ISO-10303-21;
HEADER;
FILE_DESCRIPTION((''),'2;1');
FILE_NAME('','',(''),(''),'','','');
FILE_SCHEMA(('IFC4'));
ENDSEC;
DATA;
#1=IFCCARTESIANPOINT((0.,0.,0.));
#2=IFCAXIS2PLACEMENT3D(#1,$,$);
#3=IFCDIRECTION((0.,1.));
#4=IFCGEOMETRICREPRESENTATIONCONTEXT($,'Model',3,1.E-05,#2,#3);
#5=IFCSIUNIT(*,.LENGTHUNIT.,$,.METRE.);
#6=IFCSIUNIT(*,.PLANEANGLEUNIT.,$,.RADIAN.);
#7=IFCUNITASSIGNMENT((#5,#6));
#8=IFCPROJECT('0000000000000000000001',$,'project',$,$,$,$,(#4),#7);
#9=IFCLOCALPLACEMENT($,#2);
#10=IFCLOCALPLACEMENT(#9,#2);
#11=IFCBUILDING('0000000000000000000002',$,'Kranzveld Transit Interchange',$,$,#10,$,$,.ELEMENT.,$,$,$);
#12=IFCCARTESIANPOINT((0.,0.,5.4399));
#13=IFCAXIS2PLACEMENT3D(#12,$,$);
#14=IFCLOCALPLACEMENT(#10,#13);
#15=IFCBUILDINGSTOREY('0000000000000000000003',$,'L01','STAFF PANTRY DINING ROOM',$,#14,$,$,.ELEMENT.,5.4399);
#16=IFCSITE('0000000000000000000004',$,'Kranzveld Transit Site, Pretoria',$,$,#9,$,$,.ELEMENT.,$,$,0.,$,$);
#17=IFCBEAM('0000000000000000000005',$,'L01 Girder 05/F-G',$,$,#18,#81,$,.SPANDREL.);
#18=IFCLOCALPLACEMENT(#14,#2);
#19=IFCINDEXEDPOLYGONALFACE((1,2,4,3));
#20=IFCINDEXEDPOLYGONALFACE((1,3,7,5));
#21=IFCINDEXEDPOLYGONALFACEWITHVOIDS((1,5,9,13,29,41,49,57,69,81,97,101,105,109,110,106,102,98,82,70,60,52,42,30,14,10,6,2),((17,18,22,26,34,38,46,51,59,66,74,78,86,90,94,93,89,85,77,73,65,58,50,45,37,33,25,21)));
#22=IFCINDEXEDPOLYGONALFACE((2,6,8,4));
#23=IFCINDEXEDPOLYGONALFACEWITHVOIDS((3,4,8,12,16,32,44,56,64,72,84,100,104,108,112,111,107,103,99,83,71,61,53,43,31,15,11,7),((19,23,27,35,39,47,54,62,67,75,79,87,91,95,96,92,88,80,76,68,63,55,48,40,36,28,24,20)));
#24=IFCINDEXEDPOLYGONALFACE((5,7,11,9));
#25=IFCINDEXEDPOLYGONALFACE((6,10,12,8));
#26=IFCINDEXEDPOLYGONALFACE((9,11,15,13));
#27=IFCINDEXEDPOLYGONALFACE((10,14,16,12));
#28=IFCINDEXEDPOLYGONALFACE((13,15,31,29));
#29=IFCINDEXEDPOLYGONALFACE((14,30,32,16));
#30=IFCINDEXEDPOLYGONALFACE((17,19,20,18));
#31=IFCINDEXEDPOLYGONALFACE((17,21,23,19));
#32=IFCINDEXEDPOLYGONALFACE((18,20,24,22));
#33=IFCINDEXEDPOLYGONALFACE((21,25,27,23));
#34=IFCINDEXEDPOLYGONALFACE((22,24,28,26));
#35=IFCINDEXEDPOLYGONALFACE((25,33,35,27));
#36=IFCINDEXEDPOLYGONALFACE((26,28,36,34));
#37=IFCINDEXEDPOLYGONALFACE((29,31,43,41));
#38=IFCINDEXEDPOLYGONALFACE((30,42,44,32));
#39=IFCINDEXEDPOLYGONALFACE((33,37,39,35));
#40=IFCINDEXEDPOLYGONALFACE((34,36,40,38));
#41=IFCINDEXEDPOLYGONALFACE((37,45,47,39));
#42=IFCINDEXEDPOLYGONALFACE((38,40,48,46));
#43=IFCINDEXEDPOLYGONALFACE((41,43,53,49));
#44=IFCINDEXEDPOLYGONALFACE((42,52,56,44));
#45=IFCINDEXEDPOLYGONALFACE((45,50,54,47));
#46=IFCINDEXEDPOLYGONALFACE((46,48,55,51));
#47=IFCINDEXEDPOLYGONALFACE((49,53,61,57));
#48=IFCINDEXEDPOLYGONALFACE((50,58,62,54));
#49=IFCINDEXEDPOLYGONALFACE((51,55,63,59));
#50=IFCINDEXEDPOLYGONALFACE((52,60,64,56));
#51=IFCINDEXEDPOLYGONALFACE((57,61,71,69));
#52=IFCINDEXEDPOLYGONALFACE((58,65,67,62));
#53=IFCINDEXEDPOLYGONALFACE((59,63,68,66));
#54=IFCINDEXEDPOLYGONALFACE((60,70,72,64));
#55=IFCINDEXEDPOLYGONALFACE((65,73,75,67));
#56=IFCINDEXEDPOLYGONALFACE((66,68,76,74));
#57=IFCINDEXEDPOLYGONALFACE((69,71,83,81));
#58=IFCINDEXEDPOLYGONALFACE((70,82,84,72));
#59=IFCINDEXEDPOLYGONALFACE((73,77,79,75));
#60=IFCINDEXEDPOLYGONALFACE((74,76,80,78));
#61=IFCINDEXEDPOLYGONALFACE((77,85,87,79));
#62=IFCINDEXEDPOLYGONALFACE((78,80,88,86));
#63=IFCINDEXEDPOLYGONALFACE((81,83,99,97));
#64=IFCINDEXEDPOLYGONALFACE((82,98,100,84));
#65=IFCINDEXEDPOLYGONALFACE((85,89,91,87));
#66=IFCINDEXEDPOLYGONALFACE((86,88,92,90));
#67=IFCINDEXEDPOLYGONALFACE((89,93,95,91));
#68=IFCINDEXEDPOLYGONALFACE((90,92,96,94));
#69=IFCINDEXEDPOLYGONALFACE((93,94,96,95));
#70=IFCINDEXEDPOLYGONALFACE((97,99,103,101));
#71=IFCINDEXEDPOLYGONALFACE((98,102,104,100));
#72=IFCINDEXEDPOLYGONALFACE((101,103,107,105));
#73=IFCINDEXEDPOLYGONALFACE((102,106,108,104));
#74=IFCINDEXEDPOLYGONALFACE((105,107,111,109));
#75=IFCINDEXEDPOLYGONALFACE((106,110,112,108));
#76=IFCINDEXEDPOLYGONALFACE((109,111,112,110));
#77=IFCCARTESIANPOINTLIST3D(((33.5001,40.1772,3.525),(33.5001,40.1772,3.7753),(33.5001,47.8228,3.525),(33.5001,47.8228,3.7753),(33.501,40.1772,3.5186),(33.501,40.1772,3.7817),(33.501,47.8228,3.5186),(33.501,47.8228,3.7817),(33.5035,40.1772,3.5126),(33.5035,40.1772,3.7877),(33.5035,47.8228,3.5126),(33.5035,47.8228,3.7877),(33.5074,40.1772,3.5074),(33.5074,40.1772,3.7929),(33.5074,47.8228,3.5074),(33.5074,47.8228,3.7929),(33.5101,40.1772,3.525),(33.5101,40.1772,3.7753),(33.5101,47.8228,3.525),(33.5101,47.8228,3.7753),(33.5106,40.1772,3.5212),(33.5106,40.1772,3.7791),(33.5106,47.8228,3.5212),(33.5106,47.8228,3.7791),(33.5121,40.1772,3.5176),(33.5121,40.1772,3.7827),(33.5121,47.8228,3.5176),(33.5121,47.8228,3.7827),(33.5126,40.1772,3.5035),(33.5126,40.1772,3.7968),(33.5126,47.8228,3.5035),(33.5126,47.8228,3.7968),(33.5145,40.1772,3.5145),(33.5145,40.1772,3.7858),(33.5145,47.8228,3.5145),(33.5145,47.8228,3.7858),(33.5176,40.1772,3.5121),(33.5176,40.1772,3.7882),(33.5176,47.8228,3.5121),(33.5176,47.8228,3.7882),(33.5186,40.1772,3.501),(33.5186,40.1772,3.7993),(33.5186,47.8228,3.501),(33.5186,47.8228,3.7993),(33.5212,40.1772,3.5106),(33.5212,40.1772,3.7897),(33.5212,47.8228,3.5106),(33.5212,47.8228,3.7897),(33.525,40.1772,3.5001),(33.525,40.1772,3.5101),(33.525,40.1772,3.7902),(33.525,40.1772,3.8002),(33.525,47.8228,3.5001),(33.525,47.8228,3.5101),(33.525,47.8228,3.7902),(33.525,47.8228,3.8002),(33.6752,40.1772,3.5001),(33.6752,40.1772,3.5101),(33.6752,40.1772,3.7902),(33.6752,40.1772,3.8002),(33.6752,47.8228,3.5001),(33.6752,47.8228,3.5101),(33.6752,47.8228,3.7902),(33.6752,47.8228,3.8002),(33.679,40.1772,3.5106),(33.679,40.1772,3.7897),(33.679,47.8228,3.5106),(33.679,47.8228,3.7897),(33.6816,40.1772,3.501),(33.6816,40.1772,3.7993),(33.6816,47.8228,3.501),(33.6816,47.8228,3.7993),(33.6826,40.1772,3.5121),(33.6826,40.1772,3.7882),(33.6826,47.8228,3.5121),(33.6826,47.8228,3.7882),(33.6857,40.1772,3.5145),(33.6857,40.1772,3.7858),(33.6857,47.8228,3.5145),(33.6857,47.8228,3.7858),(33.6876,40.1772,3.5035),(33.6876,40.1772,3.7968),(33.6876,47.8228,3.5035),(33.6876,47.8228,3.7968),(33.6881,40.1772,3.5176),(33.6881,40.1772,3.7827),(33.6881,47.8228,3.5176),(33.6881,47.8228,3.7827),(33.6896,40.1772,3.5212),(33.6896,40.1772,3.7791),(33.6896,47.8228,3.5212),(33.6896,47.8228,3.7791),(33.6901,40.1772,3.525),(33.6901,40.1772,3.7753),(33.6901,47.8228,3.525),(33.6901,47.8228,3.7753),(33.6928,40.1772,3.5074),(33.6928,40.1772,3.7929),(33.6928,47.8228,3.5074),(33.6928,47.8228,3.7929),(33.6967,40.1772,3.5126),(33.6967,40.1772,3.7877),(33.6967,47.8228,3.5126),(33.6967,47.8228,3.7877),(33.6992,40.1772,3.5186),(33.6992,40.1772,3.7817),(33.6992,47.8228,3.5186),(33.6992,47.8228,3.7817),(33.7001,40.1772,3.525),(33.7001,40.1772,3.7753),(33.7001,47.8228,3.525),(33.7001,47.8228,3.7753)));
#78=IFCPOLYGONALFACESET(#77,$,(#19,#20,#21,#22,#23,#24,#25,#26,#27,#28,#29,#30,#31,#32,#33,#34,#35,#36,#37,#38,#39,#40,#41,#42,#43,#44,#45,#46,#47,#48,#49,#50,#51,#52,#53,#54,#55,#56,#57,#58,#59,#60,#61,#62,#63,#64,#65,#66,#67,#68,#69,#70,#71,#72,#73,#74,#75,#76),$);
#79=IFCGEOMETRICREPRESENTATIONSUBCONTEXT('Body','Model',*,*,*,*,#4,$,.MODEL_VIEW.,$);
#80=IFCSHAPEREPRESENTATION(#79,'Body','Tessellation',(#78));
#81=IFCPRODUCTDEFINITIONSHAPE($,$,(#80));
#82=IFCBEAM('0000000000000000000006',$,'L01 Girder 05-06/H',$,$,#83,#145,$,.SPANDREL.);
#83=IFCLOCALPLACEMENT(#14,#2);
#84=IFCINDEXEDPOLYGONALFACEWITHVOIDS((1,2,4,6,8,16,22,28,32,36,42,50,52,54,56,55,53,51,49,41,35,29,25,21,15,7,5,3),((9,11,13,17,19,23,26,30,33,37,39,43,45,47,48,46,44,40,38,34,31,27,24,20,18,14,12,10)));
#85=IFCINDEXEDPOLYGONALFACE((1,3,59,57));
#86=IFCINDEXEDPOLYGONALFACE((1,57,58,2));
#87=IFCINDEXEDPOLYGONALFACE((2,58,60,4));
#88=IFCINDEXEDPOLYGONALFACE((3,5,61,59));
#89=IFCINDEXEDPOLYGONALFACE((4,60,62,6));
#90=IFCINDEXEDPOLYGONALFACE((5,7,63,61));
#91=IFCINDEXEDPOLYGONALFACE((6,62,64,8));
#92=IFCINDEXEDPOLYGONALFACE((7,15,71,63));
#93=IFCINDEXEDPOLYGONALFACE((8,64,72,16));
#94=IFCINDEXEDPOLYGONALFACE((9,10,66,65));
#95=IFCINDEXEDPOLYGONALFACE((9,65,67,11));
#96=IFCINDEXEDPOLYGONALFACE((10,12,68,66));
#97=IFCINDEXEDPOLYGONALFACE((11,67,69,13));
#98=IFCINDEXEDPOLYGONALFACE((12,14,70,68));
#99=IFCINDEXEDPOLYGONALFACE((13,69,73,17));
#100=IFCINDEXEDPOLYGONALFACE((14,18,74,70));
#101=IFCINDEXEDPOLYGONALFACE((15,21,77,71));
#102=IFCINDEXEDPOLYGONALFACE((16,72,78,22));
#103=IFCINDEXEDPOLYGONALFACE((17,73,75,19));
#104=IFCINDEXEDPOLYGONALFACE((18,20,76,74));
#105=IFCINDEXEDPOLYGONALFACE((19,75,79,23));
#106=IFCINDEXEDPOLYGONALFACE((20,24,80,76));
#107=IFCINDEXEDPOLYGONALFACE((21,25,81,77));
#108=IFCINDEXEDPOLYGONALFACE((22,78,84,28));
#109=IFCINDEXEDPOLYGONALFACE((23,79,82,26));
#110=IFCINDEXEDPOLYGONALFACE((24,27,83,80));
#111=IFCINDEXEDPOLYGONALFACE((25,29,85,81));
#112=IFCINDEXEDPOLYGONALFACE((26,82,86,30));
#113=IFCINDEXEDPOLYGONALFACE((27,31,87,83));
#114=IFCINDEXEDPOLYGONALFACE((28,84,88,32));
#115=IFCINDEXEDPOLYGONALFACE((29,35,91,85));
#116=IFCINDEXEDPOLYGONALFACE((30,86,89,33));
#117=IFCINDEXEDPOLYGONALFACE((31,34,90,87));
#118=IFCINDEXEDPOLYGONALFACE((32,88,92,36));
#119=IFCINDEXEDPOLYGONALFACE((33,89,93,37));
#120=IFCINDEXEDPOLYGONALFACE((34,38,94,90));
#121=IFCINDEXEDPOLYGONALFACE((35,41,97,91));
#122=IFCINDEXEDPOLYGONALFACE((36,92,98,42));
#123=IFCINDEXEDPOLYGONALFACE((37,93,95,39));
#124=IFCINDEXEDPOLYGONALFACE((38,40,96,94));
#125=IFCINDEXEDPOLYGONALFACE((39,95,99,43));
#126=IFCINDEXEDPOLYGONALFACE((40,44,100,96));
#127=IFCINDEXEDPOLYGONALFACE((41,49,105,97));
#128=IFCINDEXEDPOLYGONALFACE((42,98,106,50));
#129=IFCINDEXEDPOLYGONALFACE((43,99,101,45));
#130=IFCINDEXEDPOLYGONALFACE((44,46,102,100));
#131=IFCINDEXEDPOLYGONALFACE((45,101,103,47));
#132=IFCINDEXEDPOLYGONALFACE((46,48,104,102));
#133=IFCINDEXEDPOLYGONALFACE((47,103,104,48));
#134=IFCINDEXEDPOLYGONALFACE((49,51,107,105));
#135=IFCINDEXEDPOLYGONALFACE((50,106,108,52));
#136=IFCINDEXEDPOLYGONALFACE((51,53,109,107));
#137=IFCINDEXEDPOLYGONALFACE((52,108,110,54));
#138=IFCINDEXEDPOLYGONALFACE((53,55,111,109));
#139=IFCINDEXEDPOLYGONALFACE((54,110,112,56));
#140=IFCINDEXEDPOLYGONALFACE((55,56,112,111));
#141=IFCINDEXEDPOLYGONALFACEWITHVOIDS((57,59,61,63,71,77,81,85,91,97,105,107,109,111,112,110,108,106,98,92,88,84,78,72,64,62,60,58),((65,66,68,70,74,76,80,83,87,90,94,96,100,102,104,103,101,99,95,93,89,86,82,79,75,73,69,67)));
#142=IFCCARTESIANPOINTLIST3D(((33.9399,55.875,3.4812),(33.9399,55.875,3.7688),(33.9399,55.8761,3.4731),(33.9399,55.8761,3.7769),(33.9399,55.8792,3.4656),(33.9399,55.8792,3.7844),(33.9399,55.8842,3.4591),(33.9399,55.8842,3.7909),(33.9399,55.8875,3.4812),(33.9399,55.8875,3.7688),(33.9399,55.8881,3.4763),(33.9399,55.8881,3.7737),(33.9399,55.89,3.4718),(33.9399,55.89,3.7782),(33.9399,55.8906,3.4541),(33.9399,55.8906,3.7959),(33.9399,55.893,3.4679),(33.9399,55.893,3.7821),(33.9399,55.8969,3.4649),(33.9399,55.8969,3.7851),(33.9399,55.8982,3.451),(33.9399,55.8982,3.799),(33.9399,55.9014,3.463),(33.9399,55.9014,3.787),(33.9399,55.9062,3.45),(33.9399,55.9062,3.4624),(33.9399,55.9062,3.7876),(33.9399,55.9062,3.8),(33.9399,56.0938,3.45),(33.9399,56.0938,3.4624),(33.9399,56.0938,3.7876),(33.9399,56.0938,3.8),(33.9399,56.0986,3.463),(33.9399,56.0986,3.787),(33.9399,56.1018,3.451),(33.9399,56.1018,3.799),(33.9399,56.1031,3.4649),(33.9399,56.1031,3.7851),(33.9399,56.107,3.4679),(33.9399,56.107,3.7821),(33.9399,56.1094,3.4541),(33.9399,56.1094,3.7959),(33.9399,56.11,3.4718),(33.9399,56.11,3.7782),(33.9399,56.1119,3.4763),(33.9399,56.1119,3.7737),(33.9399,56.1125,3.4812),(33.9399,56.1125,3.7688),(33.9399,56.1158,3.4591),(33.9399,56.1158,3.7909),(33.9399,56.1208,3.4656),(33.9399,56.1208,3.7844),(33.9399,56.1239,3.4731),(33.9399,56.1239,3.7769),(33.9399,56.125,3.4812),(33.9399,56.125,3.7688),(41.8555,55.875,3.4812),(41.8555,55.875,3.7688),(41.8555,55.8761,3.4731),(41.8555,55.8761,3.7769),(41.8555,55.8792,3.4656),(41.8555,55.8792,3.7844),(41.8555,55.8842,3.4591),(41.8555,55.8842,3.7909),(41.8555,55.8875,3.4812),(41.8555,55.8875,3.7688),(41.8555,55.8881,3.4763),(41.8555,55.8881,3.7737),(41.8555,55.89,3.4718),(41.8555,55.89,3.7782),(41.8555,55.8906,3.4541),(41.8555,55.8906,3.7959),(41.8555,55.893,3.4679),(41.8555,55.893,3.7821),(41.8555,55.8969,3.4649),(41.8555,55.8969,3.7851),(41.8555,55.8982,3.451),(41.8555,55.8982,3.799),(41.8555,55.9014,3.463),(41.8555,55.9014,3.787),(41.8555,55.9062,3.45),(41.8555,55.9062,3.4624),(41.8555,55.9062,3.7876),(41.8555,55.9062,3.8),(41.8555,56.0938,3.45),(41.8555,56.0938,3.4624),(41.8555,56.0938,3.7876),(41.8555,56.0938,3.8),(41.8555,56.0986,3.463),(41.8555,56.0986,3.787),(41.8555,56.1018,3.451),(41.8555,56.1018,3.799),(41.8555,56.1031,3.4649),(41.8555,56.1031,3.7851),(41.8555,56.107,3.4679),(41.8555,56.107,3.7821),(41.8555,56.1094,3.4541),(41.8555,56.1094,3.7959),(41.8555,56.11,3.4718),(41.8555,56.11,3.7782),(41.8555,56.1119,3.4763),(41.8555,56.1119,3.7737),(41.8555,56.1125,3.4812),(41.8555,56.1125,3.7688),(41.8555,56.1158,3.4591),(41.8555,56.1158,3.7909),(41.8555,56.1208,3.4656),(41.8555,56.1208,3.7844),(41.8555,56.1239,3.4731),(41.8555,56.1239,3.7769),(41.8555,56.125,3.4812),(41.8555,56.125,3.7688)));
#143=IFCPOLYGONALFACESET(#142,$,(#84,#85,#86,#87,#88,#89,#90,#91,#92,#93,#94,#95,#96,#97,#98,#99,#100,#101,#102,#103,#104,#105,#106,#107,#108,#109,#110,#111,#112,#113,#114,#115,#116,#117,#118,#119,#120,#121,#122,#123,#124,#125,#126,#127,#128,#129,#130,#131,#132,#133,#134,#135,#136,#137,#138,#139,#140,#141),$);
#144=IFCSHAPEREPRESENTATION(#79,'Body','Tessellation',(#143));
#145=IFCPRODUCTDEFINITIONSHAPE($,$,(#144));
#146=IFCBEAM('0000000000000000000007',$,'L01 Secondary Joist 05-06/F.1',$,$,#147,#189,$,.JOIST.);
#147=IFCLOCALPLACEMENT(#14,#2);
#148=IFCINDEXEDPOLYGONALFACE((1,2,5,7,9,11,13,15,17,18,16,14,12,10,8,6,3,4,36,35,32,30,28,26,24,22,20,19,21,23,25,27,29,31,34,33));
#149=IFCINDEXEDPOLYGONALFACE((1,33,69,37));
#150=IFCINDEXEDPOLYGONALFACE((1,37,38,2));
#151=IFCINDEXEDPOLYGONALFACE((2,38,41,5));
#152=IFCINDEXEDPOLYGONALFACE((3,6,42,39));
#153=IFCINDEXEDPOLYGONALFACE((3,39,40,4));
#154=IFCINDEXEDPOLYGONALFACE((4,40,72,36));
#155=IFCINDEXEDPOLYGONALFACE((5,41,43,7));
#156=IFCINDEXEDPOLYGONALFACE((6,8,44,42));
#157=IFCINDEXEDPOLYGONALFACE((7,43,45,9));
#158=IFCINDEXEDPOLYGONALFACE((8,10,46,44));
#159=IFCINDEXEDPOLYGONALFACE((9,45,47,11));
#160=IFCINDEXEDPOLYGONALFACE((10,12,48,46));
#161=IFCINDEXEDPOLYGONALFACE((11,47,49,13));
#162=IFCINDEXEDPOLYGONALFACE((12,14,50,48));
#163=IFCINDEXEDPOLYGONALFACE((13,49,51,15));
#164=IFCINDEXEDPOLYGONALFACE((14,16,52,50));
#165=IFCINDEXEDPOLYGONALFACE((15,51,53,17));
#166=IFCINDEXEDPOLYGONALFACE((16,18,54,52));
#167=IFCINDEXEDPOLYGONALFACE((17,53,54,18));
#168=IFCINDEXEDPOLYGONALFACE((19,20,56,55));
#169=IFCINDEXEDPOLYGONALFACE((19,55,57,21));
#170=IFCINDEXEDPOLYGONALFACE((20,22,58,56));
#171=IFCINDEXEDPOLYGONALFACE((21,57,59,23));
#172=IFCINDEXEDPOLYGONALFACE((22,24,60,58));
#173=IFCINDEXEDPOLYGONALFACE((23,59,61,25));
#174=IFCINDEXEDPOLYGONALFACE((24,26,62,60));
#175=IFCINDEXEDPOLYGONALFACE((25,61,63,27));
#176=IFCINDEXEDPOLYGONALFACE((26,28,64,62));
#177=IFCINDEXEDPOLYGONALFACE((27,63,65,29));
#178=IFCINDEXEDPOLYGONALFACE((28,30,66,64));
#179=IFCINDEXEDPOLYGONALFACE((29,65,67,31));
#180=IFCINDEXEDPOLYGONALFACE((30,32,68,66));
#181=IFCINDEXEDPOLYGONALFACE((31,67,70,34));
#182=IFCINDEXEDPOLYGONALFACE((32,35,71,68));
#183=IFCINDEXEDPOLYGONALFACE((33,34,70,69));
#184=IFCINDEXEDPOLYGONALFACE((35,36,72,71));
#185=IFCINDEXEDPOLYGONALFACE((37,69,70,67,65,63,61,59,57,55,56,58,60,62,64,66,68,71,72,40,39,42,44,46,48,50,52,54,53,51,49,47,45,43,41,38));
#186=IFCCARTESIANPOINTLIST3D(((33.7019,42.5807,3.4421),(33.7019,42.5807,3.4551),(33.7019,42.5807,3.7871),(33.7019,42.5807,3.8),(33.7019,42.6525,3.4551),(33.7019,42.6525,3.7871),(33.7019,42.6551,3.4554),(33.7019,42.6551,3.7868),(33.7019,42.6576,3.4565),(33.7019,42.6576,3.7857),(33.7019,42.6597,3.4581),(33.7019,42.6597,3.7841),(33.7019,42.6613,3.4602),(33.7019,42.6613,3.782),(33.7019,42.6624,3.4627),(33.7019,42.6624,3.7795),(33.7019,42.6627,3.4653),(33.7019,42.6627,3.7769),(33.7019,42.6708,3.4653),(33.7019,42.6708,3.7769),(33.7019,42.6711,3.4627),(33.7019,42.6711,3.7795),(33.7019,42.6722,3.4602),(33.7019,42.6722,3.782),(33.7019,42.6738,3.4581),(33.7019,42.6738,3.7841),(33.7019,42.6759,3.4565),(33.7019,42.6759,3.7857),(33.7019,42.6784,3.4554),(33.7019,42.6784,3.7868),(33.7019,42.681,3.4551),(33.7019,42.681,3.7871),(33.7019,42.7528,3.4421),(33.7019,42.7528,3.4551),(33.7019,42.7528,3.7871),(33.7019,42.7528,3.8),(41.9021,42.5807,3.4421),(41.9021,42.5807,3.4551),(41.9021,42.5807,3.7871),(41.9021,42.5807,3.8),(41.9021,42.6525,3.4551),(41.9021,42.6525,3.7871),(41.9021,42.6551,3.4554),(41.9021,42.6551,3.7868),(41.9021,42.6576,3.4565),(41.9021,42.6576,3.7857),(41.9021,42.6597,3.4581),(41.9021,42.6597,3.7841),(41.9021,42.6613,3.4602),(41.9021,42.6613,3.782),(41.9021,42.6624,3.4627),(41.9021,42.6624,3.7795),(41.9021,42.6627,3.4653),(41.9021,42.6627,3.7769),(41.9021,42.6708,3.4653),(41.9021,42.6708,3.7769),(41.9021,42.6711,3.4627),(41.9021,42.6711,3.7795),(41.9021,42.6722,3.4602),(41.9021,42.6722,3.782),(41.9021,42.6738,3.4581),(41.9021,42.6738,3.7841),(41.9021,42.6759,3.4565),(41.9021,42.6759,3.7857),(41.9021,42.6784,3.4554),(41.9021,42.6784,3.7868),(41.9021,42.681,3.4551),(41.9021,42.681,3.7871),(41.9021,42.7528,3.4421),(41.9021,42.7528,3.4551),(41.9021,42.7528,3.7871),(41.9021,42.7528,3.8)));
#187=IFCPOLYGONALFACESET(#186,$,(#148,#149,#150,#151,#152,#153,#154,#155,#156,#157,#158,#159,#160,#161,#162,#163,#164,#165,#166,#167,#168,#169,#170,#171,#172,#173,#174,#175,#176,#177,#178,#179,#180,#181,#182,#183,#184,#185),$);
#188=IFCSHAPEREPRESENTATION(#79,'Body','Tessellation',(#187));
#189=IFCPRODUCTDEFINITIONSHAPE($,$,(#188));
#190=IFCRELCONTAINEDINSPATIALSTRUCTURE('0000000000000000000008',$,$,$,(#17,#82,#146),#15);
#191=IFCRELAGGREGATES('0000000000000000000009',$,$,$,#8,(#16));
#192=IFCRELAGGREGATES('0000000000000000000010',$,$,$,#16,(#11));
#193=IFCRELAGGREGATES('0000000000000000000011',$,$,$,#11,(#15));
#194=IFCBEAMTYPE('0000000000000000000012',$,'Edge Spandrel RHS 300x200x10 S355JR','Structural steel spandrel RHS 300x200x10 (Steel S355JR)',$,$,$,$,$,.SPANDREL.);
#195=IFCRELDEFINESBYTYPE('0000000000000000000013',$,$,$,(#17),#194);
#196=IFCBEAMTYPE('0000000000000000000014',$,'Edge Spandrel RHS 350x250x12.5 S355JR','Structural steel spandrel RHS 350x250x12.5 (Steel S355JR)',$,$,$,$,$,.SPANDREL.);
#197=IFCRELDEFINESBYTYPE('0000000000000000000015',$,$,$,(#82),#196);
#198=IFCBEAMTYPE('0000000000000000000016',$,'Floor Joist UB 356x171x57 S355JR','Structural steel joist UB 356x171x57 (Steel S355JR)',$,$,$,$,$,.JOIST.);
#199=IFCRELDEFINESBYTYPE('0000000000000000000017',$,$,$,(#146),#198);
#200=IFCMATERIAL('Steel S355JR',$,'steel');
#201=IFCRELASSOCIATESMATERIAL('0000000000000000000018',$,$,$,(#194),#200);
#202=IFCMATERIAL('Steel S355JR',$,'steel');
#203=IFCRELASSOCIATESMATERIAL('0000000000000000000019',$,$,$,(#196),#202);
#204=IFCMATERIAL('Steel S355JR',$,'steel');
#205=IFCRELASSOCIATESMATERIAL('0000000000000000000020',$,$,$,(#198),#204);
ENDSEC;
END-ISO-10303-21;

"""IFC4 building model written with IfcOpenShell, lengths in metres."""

from ifc_helpers import new_model, si_unit, direction, frame, origin, origin_2d, place, context, subcontext, project, spatial, hollow_rectangle, i_section, extrude, material, material_profile, profile_set, type_object, element, save


model = new_model("IFC4")

# Units and contexts
model_context = context("Model", 3, precision=1e-05, world=origin(), true_north=direction((0.0, 1.0)))
body_context = subcontext(model_context, "Body", "Model", "MODEL_VIEW")
ifc_project = project(units=[si_unit("LENGTHUNIT", "METRE"), si_unit("PLANEANGLEUNIT", "RADIAN")], contexts=[model_context])

# Site, building, storey
site_placement = place(None, origin())
site = spatial("IfcSite", under=ifc_project, at=site_placement, Name="Kranzveld Transit Site, Pretoria", CompositionType="ELEMENT", RefElevation=0.0)
building_placement = place(site_placement, origin())
building = spatial("IfcBuilding", under=site, at=building_placement, Name="Kranzveld Transit Interchange", CompositionType="ELEMENT")
storey_placement = place(building_placement, frame((0.0, 0.0, 5.4399)))
storey = spatial("IfcBuildingStorey", under=building, at=storey_placement, Name="L01", Description="STAFF PANTRY DINING ROOM", CompositionType="ELEMENT", Elevation=5.4399)

# Beams
ifc_material_1 = material(Name="Steel S355JR", Category="steel")
ifc_material_profile_1 = material_profile(ifc_material_1, hollow_rectangle(XDim=0.2, YDim=0.3, WallThickness=0.01, InnerFilletRadius=0.0149, OuterFilletRadius=0.0249, at=origin_2d()), Name="RHS 300x200x10")
ifc_profile_set_1 = profile_set([ifc_material_profile_1], Name="Steel S355JR")
beam_type_1 = type_object("IfcBeamType", Name="Edge Spandrel RHS 300x200x10 S355JR", Description="Structural steel spandrel RHS 300x200x10 (Steel S355JR)", PredefinedType="SPANDREL", material=ifc_profile_set_1)
beam_1_placement = place(storey_placement, frame((33.6001, 40.1772, 3.6501), z_axis=(0.0, 1.0, 0.0), x_axis=(-1.0, 0.0, 0.0)))
element("IfcBeam", 1, at=beam_1_placement, inside=storey, type_object=beam_type_1, Name="L01 Girder 05/F-G", PredefinedType="SPANDREL", context=body_context, shape_type="SweptSolid", body=[
    extrude(hollow_rectangle(XDim=0.2, YDim=0.3, WallThickness=0.01, InnerFilletRadius=0.0149, OuterFilletRadius=0.0249, at=origin_2d()), origin(), (0.0, 0.0, 1.0), 7.6455),
])
ifc_material_2 = material(Name="Steel S355JR", Category="steel")
ifc_material_profile_2 = material_profile(ifc_material_2, hollow_rectangle(XDim=0.25, YDim=0.3501, WallThickness=0.0125, InnerFilletRadius=0.0188, OuterFilletRadius=0.0312, at=origin_2d()), Name="RHS 350x250x12.5")
ifc_profile_set_2 = profile_set([ifc_material_profile_2], Name="Steel S355JR")
beam_type_2 = type_object("IfcBeamType", Name="Edge Spandrel RHS 350x250x12.5 S355JR", Description="Structural steel spandrel RHS 350x250x12.5 (Steel S355JR)", PredefinedType="SPANDREL", material=ifc_profile_set_2)
beam_2_placement = place(storey_placement, frame((33.9399, 56.0, 3.625), z_axis=(1.0, 0.0, 0.0), x_axis=(0.0, 1.0, 0.0)))
element("IfcBeam", 2, at=beam_2_placement, inside=storey, type_object=beam_type_2, Name="L01 Girder 05-06/H", PredefinedType="SPANDREL", context=body_context, shape_type="SweptSolid", body=[
    extrude(hollow_rectangle(XDim=0.25, YDim=0.3501, WallThickness=0.0125, InnerFilletRadius=0.0188, OuterFilletRadius=0.0312, at=origin_2d()), origin(), (0.0, 0.0, 1.0), 7.9155),
])
ifc_material_3 = material(Name="Steel S355JR", Category="steel")
ifc_material_profile_3 = material_profile(ifc_material_3, i_section(OverallWidth=0.1721, OverallDepth=0.3579, WebThickness=0.0081, FlangeThickness=0.0129, FilletRadius=0.0103, at=origin_2d()), Name="UB 356x171x57")
ifc_profile_set_3 = profile_set([ifc_material_profile_3], Name="Steel S355JR")
beam_type_3 = type_object("IfcBeamType", Name="Floor Joist UB 356x171x57 S355JR", Description="Structural steel joist UB 356x171x57 (Steel S355JR)", PredefinedType="JOIST", material=ifc_profile_set_3)
for number, where, z_axis, x_axis, name in (
    (3, (33.7019, 42.6667, 3.6211), (1.0, 0.0, 0.0), (0.0, 1.0, 0.0), "L01 Secondary Joist 05-06/F.1"),
):
    element("IfcBeam", number, at=place(storey_placement, frame(where, z_axis=z_axis, x_axis=x_axis)), inside=storey, type_object=beam_type_3, Name=name, PredefinedType="JOIST", context=body_context, shape_type="SweptSolid", body=[
        extrude(i_section(OverallWidth=0.1721, OverallDepth=0.3579, WebThickness=0.0081, FlangeThickness=0.0129, FilletRadius=0.0103, at=origin_2d()), origin(), (0.0, 0.0, 1.0), 8.2002),
    ])

save(model, "model.ifc")
